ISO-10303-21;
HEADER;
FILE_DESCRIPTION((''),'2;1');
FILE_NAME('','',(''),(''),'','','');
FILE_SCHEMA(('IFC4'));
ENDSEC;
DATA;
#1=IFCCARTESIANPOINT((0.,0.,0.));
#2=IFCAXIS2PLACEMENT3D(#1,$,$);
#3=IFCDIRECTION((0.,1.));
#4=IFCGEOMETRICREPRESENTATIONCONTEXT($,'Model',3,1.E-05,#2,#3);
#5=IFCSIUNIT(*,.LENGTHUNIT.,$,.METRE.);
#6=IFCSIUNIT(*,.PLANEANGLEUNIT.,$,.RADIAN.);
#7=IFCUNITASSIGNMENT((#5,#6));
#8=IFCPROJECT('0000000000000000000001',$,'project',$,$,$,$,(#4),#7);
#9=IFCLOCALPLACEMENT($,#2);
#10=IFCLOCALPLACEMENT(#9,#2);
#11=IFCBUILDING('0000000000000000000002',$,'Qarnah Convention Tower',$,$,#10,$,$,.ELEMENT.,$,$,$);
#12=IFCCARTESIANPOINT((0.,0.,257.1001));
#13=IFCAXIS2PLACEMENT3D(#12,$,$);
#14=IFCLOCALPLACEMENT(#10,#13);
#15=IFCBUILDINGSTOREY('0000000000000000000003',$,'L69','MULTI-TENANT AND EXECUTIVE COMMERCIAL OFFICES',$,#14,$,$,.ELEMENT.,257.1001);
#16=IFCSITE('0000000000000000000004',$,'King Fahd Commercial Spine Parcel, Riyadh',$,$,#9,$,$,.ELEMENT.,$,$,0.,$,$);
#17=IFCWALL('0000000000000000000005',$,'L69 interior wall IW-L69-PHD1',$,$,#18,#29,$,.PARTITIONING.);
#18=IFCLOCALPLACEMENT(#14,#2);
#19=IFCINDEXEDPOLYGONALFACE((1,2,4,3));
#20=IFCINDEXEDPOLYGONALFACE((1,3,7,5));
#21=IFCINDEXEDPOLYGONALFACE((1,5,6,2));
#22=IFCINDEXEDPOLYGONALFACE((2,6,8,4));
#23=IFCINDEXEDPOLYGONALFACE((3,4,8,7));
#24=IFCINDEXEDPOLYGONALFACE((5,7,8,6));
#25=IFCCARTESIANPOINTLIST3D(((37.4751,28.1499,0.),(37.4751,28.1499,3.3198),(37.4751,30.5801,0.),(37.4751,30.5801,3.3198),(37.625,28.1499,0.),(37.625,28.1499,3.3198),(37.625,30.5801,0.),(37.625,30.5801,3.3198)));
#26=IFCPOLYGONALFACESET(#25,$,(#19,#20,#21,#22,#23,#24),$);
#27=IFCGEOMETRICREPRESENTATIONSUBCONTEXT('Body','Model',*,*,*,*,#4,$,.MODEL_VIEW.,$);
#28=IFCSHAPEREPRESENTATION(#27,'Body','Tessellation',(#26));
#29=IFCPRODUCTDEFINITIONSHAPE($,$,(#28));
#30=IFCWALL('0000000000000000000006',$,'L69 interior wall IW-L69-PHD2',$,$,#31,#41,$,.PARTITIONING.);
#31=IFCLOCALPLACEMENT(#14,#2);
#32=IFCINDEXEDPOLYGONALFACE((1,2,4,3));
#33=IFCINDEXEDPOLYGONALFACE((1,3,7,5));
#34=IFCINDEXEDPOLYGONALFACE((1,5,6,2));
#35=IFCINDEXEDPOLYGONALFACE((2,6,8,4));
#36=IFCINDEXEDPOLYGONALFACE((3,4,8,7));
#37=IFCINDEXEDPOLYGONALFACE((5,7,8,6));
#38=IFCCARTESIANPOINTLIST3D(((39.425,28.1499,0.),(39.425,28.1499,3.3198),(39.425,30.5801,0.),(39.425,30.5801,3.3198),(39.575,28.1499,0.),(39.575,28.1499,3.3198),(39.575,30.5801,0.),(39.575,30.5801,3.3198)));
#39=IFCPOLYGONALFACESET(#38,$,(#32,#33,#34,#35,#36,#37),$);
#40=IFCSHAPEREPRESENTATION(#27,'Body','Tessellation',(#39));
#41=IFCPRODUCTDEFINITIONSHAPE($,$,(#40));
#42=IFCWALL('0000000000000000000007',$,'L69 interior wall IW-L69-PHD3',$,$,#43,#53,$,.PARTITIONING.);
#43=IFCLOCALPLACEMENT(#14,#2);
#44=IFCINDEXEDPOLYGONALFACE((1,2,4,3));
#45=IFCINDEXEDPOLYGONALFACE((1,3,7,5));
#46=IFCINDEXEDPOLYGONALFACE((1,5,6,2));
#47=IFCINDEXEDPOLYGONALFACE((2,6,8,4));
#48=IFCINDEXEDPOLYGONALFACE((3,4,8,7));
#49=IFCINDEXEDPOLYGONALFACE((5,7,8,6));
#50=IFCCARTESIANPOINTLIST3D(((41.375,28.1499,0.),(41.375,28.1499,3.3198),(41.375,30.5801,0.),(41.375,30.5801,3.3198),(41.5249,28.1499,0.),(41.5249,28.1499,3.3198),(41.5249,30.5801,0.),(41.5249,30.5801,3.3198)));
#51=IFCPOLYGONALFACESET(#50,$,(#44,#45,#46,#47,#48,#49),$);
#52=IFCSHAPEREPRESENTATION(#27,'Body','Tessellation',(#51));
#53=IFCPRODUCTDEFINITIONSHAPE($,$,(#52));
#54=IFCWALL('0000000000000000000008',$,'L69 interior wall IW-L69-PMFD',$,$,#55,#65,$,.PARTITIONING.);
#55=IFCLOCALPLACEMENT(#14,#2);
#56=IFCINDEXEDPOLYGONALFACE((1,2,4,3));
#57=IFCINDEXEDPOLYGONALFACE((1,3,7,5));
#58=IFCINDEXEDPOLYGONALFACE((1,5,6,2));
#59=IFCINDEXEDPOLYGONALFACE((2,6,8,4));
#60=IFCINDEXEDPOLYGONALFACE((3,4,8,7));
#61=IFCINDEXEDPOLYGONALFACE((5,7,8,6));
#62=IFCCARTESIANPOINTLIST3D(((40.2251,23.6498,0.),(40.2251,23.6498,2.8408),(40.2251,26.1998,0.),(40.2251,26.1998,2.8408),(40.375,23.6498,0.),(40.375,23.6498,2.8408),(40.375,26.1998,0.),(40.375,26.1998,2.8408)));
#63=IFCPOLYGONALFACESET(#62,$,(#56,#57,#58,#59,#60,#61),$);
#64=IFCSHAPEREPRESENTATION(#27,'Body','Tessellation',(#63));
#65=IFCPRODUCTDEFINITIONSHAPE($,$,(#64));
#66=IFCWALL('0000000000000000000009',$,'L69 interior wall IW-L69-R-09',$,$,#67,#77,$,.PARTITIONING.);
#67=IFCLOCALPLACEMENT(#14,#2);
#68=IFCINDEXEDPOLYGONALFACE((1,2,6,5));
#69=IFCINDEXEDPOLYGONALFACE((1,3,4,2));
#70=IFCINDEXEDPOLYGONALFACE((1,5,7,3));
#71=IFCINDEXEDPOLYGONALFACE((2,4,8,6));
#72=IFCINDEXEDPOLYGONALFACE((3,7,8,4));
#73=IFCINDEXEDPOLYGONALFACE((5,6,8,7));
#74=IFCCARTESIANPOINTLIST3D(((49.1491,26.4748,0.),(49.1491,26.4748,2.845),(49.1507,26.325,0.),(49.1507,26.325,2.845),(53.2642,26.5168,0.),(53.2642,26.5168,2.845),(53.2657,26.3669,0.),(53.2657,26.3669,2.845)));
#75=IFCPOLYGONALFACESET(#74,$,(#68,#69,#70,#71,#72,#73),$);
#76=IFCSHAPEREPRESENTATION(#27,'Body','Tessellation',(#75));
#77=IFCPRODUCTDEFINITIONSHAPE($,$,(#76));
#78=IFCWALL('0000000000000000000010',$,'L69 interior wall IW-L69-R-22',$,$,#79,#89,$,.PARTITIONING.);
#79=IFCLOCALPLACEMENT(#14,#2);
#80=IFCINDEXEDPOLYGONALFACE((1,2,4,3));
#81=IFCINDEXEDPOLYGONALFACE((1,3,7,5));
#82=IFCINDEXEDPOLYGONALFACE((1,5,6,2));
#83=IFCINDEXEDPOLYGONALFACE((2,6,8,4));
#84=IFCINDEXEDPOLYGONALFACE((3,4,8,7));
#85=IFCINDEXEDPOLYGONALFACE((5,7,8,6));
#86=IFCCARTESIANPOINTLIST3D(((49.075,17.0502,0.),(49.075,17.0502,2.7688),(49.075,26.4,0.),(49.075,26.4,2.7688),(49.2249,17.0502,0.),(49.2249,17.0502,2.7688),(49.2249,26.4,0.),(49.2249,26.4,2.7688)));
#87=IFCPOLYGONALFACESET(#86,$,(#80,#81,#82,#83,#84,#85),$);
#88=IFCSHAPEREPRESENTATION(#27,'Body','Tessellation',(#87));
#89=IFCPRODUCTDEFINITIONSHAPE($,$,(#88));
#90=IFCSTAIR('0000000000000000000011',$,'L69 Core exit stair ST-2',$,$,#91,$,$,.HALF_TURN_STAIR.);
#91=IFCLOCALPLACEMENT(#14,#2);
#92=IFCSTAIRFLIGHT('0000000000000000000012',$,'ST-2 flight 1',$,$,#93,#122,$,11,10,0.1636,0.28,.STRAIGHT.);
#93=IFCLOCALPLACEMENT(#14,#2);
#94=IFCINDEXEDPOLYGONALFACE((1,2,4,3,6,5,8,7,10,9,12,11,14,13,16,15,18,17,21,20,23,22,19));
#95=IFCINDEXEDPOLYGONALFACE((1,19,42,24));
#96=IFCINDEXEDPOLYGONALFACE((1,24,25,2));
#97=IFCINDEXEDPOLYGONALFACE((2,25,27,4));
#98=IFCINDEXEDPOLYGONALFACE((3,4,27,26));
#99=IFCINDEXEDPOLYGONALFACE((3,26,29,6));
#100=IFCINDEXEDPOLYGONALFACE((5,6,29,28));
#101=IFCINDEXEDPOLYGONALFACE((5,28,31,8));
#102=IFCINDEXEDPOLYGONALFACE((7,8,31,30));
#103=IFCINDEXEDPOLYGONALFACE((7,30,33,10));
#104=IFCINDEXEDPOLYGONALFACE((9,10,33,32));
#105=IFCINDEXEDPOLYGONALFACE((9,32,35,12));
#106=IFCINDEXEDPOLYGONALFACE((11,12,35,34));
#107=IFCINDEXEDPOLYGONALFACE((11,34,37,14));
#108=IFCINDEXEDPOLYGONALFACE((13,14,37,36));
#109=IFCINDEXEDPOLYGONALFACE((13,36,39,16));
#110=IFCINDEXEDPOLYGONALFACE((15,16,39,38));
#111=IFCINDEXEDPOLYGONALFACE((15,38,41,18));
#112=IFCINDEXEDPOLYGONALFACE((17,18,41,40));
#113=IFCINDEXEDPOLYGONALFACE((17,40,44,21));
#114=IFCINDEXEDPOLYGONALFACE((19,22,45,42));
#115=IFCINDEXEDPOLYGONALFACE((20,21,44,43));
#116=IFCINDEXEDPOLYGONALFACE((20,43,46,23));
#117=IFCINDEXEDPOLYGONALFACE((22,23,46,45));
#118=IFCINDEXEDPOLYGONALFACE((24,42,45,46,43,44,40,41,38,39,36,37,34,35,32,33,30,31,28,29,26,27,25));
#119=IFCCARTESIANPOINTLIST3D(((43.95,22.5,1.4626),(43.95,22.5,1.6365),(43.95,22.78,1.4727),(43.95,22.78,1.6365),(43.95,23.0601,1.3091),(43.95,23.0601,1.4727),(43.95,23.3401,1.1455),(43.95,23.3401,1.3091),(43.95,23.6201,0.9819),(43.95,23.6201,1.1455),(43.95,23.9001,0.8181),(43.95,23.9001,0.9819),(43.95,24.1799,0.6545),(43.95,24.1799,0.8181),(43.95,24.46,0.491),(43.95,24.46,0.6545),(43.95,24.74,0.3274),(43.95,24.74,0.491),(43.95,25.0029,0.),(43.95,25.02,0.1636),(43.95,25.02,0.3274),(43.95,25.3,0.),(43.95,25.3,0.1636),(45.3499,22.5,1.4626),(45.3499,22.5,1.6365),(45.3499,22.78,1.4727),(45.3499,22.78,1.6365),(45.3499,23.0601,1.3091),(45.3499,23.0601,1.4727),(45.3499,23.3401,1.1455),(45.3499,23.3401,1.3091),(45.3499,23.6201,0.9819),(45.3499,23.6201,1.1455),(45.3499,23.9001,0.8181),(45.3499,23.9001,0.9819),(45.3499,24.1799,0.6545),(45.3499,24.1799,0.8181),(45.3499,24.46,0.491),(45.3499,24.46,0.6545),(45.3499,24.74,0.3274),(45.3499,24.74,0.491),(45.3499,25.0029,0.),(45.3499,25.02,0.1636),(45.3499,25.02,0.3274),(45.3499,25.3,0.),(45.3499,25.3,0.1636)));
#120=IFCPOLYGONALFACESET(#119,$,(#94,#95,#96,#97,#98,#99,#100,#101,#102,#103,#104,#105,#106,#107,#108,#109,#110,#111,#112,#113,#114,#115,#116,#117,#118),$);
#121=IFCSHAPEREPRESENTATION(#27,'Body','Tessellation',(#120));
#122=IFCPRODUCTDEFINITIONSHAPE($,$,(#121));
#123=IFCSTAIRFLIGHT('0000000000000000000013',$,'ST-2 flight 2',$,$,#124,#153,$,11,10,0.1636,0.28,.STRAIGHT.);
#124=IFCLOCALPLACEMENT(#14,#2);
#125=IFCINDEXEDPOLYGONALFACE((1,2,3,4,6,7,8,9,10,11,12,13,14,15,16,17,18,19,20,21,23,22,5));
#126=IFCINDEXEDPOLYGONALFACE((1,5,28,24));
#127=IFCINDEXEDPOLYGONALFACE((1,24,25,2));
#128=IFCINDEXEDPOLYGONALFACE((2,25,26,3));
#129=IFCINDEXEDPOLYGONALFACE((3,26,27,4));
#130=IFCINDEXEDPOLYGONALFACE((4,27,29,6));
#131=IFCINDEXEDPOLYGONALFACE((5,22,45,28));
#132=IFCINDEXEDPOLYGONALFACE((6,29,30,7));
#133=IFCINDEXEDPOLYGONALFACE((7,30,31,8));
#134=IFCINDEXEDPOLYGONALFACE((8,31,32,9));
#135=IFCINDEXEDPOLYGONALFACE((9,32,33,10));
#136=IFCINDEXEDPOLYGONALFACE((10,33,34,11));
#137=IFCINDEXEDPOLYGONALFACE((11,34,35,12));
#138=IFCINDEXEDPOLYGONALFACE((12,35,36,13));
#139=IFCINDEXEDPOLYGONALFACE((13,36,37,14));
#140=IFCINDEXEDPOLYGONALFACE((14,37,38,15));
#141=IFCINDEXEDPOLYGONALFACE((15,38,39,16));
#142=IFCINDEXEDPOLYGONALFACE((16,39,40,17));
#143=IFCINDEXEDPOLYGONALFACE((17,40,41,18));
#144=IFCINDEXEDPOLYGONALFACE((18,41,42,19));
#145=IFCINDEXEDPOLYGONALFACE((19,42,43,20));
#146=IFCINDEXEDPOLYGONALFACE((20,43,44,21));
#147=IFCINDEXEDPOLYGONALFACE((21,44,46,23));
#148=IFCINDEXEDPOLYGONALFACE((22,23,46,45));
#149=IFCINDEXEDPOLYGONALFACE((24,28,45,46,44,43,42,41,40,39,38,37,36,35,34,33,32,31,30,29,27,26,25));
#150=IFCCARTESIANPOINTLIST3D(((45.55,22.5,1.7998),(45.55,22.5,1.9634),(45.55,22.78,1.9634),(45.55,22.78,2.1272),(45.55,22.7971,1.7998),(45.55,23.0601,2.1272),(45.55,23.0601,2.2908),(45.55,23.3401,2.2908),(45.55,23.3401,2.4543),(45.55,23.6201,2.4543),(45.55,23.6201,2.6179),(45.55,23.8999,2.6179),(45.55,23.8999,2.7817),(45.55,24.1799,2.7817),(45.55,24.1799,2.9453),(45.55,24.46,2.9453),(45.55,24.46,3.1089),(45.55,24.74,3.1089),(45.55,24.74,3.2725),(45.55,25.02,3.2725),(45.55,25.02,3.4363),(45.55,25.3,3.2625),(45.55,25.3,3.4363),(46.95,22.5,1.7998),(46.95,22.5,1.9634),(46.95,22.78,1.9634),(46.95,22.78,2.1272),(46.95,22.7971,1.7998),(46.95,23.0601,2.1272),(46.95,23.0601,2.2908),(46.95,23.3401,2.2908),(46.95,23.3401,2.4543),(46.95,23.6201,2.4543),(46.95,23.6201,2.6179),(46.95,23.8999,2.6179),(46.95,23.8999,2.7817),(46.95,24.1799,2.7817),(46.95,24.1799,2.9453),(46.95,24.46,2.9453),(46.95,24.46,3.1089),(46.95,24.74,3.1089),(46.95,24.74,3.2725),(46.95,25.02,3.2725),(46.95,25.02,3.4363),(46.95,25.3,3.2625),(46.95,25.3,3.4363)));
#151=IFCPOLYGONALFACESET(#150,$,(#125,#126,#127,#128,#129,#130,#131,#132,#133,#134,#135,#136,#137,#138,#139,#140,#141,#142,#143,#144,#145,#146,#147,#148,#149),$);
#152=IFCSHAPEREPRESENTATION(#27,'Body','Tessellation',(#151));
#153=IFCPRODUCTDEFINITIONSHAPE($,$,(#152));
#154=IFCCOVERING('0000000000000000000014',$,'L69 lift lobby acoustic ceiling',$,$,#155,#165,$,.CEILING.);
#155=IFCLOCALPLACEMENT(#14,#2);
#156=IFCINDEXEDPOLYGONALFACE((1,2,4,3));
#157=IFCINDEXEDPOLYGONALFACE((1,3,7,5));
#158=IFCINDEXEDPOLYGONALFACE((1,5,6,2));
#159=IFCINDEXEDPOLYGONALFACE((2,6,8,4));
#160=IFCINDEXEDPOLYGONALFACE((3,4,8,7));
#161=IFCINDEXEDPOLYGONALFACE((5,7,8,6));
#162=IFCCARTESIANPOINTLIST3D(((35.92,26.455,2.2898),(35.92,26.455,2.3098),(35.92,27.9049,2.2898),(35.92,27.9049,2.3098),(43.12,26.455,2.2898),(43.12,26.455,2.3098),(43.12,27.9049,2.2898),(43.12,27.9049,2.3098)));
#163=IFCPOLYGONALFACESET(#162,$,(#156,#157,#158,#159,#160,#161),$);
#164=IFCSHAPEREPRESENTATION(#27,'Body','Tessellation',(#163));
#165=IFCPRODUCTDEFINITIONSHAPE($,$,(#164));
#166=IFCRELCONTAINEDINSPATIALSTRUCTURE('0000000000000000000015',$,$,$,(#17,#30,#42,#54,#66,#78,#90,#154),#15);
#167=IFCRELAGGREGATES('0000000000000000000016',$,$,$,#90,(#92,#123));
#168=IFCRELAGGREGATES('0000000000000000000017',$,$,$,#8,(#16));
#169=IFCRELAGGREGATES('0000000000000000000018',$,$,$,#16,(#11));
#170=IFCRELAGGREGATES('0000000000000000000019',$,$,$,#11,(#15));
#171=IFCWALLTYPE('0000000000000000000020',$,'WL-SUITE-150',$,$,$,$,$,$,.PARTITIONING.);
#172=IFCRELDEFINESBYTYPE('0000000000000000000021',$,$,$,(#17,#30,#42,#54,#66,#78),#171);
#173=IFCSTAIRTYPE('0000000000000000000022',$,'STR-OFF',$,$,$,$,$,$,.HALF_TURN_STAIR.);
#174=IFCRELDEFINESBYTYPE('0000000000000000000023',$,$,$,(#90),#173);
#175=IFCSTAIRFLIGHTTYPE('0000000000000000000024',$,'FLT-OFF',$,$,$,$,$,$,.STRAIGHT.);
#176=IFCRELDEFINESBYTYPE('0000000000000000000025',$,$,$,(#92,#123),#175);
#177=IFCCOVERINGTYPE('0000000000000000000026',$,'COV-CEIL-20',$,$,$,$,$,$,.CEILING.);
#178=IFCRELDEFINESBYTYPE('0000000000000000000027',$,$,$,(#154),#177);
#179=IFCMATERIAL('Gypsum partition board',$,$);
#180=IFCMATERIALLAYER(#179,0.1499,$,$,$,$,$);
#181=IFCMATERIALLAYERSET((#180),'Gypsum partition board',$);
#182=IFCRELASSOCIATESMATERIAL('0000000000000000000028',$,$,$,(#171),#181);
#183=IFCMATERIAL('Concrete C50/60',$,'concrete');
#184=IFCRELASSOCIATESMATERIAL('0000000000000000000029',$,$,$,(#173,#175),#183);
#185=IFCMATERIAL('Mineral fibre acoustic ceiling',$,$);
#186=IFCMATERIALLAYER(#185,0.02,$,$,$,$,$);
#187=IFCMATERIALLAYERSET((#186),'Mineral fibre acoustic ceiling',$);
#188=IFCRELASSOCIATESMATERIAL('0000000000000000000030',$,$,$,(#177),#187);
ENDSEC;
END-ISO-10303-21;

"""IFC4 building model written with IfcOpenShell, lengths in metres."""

from ifc_helpers import new_model, si_unit, direction, frame, frame_2d, origin, origin_2d, place, context, subcontext, project, spatial, polyline, rectangle, outline, extrude, material, layer, layer_set, type_object, element, aggregate, save


model = new_model("IFC4")

# Units and contexts
model_context = context("Model", 3, precision=1e-05, world=origin(), true_north=direction((0.0, 1.0)))
body_context = subcontext(model_context, "Body", "Model", "MODEL_VIEW")
ifc_project = project(units=[si_unit("LENGTHUNIT", "METRE"), si_unit("PLANEANGLEUNIT", "RADIAN")], contexts=[model_context])

# Site, building, storey
site_placement = place(None, origin())
site = spatial("IfcSite", under=ifc_project, at=site_placement, Name="King Fahd Commercial Spine Parcel, Riyadh", CompositionType="ELEMENT", RefElevation=0.0)
building_placement = place(site_placement, origin())
building = spatial("IfcBuilding", under=site, at=building_placement, Name="Qarnah Convention Tower", CompositionType="ELEMENT")
storey_placement = place(building_placement, frame((0.0, 0.0, 257.1001)))
storey = spatial("IfcBuildingStorey", under=building, at=storey_placement, Name="L69", Description="MULTI-TENANT AND EXECUTIVE COMMERCIAL OFFICES", CompositionType="ELEMENT", Elevation=257.1001)

# Shared definitions
ifc_material_1 = material(Name="Concrete C50/60", Category="concrete")

# Walls
ifc_material_2 = material(Name="Gypsum partition board")
ifc_layer_1 = layer(ifc_material_2, 0.1499)
ifc_layer_set_1 = layer_set([ifc_layer_1], Name="Gypsum partition board")
wall_type_1 = type_object("IfcWallType", Name="WL-SUITE-150", PredefinedType="PARTITIONING", material=ifc_layer_set_1)
for number, where, z_axis, x_axis, name in (
    (1, (37.55, 28.1499, 0.0), (0.0, 0.0, 1.0), (0.0, 1.0, 0.0), "L69 interior wall IW-L69-PHD1"),
    (2, (39.5, 28.1499, 0.0), (0.0, 0.0, 1.0), (0.0, 1.0, 0.0), "L69 interior wall IW-L69-PHD2"),
    (3, (41.45, 28.1499, 0.0), (0.0, 0.0, 1.0), (0.0, 1.0, 0.0), "L69 interior wall IW-L69-PHD3"),
):
    element("IfcWall", number, at=place(storey_placement, frame(where, z_axis=z_axis, x_axis=x_axis)), inside=storey, type_object=wall_type_1, Name=name, PredefinedType="PARTITIONING", context=body_context, shape_type="SweptSolid", body=[
        extrude(rectangle(XDim=2.4302, YDim=0.1499, at=frame_2d((1.2151, 0.0))), origin(), (0.0, 0.0, 1.0), 3.3198),
    ])
wall_1_placement = place(storey_placement, frame((40.3, 23.6499, 0.0), z_axis=(0.0, 0.0, 1.0), x_axis=(0.0, 1.0, 0.0)))
element("IfcWall", 4, at=wall_1_placement, inside=storey, type_object=wall_type_1, Name="L69 interior wall IW-L69-PMFD", PredefinedType="PARTITIONING", context=body_context, shape_type="SweptSolid", body=[
    extrude(rectangle(XDim=2.55, YDim=0.1499, at=frame_2d((1.2749, 0.0))), origin(), (0.0, 0.0, 1.0), 2.8408),
])
wall_2_placement = place(storey_placement, frame((49.1499, 26.3999, 0.0), z_axis=(0.0, 0.0, 1.0), x_axis=(0.999948, 0.010204, 0.0)))
element("IfcWall", 5, at=wall_2_placement, inside=storey, type_object=wall_type_1, Name="L69 interior wall IW-L69-R-09", PredefinedType="PARTITIONING", context=body_context, shape_type="SweptSolid", body=[
    extrude(rectangle(XDim=4.1152, YDim=0.1499, at=frame_2d((2.0576, 0.0))), origin(), (0.0, 0.0, 1.0), 2.845),
])
wall_3_placement = place(storey_placement, frame((49.1499, 26.3999, 0.0), z_axis=(0.0, 0.0, 1.0), x_axis=(0.0, -1.0, 0.0)))
element("IfcWall", 6, at=wall_3_placement, inside=storey, type_object=wall_type_1, Name="L69 interior wall IW-L69-R-22", PredefinedType="PARTITIONING", context=body_context, shape_type="SweptSolid", body=[
    extrude(rectangle(XDim=9.3499, YDim=0.1499, at=frame_2d((4.6748, 0.0))), origin(), (0.0, 0.0, 1.0), 2.7688),
])

# Stair, stair flights
stair_type = type_object("IfcStairType", Name="STR-OFF", PredefinedType="HALF_TURN_STAIR", material=ifc_material_1)
stair_placement = place(storey_placement, origin())
stair = element("IfcStair", 7, at=stair_placement, inside=storey, type_object=stair_type, Name="L69 Core exit stair ST-2", PredefinedType="HALF_TURN_STAIR")
stair_flight_type = type_object("IfcStairFlightType", Name="FLT-OFF", PredefinedType="STRAIGHT", material=ifc_material_1)
stair_flight_1_placement = place(storey_placement, frame((44.6499, 25.3, 0.0), z_axis=(0.0, 0.0, 1.0), x_axis=(0.0, -1.0, 0.0)))
stair_flight_1 = element("IfcStairFlight", 8, at=stair_flight_1_placement, type_object=stair_flight_type, Name="ST-2 flight 1", NumberOfRisers=11, NumberOfTreads=10, PredefinedType="STRAIGHT", RiserHeight=0.1636, TreadLength=0.28, context=body_context, shape_type="SweptSolid", body=[
    extrude(outline(polyline([(0.0, 0.0), (0.0, 0.1636), (0.28, 0.1636), (0.28, 0.3274), (0.5601, 0.3274), (0.5601, 0.491), (0.8401, 0.491), (0.8401, 0.6545), (1.1201, 0.6545), (1.1201, 0.8181), (1.3999, 0.8181), (1.3999, 0.9819), (1.6799, 0.9819), (1.6799, 1.1455), (1.96, 1.1455), (1.96, 1.3091), (2.24, 1.3091), (2.24, 1.4727), (2.52, 1.4727), (2.52, 1.6365), (2.8, 1.6365), (2.8, 1.8), (2.8, 1.4626), (0.2971, 0.0), (0.0, 0.0)])), frame((0.0, 0.7, 0.0), z_axis=(0.0, -1.0, 0.0), x_axis=(1.0, 0.0, 0.0)), (0.0, 0.0, 1.0), 1.3999),
])
stair_flight_2_placement = place(storey_placement, frame((46.25, 22.5, 1.7998), z_axis=(0.0, 0.0, 1.0), x_axis=(0.0, 1.0, 0.0)))
stair_flight_2 = element("IfcStairFlight", 9, at=stair_flight_2_placement, type_object=stair_flight_type, Name="ST-2 flight 2", NumberOfRisers=11, NumberOfTreads=10, PredefinedType="STRAIGHT", RiserHeight=0.1636, TreadLength=0.28, context=body_context, shape_type="SweptSolid", body=[
    extrude(outline(polyline([(0.0, 0.0), (0.0, 0.1636), (0.28, 0.1636), (0.28, 0.3274), (0.5601, 0.3274), (0.5601, 0.491), (0.8401, 0.491), (0.8401, 0.6545), (1.1201, 0.6545), (1.1201, 0.8181), (1.3999, 0.8181), (1.3999, 0.9819), (1.6799, 0.9819), (1.6799, 1.1455), (1.96, 1.1455), (1.96, 1.3091), (2.24, 1.3091), (2.24, 1.4727), (2.52, 1.4727), (2.52, 1.6365), (2.8, 1.6365), (2.8, 1.8), (2.8, 1.4626), (0.2971, 0.0), (0.0, 0.0)])), frame((0.0, 0.7, 0.0), z_axis=(0.0, -1.0, 0.0), x_axis=(1.0, 0.0, 0.0)), (0.0, 0.0, 1.0), 1.3999),
])
aggregate(stair, [stair_flight_1, stair_flight_2])

# Covering
ifc_material_3 = material(Name="Mineral fibre acoustic ceiling")
ifc_layer_2 = layer(ifc_material_3, 0.02)
ifc_layer_set_2 = layer_set([ifc_layer_2], Name="Mineral fibre acoustic ceiling")
covering_type = type_object("IfcCoveringType", Name="COV-CEIL-20", PredefinedType="CEILING", material=ifc_layer_set_2)
covering_placement = place(storey_placement, frame((39.52, 27.1799, 2.2898), z_axis=(0.0, 0.0, 1.0), x_axis=(1.0, 0.0, 0.0)))
element("IfcCovering", 10, at=covering_placement, inside=storey, type_object=covering_type, Name="L69 lift lobby acoustic ceiling", PredefinedType="CEILING", context=body_context, shape_type="SweptSolid", body=[
    extrude(rectangle(XDim=7.2, YDim=1.45, at=origin_2d()), origin(), (0.0, 0.0, 1.0), 0.02),
])

save(model, "model.ifc")
